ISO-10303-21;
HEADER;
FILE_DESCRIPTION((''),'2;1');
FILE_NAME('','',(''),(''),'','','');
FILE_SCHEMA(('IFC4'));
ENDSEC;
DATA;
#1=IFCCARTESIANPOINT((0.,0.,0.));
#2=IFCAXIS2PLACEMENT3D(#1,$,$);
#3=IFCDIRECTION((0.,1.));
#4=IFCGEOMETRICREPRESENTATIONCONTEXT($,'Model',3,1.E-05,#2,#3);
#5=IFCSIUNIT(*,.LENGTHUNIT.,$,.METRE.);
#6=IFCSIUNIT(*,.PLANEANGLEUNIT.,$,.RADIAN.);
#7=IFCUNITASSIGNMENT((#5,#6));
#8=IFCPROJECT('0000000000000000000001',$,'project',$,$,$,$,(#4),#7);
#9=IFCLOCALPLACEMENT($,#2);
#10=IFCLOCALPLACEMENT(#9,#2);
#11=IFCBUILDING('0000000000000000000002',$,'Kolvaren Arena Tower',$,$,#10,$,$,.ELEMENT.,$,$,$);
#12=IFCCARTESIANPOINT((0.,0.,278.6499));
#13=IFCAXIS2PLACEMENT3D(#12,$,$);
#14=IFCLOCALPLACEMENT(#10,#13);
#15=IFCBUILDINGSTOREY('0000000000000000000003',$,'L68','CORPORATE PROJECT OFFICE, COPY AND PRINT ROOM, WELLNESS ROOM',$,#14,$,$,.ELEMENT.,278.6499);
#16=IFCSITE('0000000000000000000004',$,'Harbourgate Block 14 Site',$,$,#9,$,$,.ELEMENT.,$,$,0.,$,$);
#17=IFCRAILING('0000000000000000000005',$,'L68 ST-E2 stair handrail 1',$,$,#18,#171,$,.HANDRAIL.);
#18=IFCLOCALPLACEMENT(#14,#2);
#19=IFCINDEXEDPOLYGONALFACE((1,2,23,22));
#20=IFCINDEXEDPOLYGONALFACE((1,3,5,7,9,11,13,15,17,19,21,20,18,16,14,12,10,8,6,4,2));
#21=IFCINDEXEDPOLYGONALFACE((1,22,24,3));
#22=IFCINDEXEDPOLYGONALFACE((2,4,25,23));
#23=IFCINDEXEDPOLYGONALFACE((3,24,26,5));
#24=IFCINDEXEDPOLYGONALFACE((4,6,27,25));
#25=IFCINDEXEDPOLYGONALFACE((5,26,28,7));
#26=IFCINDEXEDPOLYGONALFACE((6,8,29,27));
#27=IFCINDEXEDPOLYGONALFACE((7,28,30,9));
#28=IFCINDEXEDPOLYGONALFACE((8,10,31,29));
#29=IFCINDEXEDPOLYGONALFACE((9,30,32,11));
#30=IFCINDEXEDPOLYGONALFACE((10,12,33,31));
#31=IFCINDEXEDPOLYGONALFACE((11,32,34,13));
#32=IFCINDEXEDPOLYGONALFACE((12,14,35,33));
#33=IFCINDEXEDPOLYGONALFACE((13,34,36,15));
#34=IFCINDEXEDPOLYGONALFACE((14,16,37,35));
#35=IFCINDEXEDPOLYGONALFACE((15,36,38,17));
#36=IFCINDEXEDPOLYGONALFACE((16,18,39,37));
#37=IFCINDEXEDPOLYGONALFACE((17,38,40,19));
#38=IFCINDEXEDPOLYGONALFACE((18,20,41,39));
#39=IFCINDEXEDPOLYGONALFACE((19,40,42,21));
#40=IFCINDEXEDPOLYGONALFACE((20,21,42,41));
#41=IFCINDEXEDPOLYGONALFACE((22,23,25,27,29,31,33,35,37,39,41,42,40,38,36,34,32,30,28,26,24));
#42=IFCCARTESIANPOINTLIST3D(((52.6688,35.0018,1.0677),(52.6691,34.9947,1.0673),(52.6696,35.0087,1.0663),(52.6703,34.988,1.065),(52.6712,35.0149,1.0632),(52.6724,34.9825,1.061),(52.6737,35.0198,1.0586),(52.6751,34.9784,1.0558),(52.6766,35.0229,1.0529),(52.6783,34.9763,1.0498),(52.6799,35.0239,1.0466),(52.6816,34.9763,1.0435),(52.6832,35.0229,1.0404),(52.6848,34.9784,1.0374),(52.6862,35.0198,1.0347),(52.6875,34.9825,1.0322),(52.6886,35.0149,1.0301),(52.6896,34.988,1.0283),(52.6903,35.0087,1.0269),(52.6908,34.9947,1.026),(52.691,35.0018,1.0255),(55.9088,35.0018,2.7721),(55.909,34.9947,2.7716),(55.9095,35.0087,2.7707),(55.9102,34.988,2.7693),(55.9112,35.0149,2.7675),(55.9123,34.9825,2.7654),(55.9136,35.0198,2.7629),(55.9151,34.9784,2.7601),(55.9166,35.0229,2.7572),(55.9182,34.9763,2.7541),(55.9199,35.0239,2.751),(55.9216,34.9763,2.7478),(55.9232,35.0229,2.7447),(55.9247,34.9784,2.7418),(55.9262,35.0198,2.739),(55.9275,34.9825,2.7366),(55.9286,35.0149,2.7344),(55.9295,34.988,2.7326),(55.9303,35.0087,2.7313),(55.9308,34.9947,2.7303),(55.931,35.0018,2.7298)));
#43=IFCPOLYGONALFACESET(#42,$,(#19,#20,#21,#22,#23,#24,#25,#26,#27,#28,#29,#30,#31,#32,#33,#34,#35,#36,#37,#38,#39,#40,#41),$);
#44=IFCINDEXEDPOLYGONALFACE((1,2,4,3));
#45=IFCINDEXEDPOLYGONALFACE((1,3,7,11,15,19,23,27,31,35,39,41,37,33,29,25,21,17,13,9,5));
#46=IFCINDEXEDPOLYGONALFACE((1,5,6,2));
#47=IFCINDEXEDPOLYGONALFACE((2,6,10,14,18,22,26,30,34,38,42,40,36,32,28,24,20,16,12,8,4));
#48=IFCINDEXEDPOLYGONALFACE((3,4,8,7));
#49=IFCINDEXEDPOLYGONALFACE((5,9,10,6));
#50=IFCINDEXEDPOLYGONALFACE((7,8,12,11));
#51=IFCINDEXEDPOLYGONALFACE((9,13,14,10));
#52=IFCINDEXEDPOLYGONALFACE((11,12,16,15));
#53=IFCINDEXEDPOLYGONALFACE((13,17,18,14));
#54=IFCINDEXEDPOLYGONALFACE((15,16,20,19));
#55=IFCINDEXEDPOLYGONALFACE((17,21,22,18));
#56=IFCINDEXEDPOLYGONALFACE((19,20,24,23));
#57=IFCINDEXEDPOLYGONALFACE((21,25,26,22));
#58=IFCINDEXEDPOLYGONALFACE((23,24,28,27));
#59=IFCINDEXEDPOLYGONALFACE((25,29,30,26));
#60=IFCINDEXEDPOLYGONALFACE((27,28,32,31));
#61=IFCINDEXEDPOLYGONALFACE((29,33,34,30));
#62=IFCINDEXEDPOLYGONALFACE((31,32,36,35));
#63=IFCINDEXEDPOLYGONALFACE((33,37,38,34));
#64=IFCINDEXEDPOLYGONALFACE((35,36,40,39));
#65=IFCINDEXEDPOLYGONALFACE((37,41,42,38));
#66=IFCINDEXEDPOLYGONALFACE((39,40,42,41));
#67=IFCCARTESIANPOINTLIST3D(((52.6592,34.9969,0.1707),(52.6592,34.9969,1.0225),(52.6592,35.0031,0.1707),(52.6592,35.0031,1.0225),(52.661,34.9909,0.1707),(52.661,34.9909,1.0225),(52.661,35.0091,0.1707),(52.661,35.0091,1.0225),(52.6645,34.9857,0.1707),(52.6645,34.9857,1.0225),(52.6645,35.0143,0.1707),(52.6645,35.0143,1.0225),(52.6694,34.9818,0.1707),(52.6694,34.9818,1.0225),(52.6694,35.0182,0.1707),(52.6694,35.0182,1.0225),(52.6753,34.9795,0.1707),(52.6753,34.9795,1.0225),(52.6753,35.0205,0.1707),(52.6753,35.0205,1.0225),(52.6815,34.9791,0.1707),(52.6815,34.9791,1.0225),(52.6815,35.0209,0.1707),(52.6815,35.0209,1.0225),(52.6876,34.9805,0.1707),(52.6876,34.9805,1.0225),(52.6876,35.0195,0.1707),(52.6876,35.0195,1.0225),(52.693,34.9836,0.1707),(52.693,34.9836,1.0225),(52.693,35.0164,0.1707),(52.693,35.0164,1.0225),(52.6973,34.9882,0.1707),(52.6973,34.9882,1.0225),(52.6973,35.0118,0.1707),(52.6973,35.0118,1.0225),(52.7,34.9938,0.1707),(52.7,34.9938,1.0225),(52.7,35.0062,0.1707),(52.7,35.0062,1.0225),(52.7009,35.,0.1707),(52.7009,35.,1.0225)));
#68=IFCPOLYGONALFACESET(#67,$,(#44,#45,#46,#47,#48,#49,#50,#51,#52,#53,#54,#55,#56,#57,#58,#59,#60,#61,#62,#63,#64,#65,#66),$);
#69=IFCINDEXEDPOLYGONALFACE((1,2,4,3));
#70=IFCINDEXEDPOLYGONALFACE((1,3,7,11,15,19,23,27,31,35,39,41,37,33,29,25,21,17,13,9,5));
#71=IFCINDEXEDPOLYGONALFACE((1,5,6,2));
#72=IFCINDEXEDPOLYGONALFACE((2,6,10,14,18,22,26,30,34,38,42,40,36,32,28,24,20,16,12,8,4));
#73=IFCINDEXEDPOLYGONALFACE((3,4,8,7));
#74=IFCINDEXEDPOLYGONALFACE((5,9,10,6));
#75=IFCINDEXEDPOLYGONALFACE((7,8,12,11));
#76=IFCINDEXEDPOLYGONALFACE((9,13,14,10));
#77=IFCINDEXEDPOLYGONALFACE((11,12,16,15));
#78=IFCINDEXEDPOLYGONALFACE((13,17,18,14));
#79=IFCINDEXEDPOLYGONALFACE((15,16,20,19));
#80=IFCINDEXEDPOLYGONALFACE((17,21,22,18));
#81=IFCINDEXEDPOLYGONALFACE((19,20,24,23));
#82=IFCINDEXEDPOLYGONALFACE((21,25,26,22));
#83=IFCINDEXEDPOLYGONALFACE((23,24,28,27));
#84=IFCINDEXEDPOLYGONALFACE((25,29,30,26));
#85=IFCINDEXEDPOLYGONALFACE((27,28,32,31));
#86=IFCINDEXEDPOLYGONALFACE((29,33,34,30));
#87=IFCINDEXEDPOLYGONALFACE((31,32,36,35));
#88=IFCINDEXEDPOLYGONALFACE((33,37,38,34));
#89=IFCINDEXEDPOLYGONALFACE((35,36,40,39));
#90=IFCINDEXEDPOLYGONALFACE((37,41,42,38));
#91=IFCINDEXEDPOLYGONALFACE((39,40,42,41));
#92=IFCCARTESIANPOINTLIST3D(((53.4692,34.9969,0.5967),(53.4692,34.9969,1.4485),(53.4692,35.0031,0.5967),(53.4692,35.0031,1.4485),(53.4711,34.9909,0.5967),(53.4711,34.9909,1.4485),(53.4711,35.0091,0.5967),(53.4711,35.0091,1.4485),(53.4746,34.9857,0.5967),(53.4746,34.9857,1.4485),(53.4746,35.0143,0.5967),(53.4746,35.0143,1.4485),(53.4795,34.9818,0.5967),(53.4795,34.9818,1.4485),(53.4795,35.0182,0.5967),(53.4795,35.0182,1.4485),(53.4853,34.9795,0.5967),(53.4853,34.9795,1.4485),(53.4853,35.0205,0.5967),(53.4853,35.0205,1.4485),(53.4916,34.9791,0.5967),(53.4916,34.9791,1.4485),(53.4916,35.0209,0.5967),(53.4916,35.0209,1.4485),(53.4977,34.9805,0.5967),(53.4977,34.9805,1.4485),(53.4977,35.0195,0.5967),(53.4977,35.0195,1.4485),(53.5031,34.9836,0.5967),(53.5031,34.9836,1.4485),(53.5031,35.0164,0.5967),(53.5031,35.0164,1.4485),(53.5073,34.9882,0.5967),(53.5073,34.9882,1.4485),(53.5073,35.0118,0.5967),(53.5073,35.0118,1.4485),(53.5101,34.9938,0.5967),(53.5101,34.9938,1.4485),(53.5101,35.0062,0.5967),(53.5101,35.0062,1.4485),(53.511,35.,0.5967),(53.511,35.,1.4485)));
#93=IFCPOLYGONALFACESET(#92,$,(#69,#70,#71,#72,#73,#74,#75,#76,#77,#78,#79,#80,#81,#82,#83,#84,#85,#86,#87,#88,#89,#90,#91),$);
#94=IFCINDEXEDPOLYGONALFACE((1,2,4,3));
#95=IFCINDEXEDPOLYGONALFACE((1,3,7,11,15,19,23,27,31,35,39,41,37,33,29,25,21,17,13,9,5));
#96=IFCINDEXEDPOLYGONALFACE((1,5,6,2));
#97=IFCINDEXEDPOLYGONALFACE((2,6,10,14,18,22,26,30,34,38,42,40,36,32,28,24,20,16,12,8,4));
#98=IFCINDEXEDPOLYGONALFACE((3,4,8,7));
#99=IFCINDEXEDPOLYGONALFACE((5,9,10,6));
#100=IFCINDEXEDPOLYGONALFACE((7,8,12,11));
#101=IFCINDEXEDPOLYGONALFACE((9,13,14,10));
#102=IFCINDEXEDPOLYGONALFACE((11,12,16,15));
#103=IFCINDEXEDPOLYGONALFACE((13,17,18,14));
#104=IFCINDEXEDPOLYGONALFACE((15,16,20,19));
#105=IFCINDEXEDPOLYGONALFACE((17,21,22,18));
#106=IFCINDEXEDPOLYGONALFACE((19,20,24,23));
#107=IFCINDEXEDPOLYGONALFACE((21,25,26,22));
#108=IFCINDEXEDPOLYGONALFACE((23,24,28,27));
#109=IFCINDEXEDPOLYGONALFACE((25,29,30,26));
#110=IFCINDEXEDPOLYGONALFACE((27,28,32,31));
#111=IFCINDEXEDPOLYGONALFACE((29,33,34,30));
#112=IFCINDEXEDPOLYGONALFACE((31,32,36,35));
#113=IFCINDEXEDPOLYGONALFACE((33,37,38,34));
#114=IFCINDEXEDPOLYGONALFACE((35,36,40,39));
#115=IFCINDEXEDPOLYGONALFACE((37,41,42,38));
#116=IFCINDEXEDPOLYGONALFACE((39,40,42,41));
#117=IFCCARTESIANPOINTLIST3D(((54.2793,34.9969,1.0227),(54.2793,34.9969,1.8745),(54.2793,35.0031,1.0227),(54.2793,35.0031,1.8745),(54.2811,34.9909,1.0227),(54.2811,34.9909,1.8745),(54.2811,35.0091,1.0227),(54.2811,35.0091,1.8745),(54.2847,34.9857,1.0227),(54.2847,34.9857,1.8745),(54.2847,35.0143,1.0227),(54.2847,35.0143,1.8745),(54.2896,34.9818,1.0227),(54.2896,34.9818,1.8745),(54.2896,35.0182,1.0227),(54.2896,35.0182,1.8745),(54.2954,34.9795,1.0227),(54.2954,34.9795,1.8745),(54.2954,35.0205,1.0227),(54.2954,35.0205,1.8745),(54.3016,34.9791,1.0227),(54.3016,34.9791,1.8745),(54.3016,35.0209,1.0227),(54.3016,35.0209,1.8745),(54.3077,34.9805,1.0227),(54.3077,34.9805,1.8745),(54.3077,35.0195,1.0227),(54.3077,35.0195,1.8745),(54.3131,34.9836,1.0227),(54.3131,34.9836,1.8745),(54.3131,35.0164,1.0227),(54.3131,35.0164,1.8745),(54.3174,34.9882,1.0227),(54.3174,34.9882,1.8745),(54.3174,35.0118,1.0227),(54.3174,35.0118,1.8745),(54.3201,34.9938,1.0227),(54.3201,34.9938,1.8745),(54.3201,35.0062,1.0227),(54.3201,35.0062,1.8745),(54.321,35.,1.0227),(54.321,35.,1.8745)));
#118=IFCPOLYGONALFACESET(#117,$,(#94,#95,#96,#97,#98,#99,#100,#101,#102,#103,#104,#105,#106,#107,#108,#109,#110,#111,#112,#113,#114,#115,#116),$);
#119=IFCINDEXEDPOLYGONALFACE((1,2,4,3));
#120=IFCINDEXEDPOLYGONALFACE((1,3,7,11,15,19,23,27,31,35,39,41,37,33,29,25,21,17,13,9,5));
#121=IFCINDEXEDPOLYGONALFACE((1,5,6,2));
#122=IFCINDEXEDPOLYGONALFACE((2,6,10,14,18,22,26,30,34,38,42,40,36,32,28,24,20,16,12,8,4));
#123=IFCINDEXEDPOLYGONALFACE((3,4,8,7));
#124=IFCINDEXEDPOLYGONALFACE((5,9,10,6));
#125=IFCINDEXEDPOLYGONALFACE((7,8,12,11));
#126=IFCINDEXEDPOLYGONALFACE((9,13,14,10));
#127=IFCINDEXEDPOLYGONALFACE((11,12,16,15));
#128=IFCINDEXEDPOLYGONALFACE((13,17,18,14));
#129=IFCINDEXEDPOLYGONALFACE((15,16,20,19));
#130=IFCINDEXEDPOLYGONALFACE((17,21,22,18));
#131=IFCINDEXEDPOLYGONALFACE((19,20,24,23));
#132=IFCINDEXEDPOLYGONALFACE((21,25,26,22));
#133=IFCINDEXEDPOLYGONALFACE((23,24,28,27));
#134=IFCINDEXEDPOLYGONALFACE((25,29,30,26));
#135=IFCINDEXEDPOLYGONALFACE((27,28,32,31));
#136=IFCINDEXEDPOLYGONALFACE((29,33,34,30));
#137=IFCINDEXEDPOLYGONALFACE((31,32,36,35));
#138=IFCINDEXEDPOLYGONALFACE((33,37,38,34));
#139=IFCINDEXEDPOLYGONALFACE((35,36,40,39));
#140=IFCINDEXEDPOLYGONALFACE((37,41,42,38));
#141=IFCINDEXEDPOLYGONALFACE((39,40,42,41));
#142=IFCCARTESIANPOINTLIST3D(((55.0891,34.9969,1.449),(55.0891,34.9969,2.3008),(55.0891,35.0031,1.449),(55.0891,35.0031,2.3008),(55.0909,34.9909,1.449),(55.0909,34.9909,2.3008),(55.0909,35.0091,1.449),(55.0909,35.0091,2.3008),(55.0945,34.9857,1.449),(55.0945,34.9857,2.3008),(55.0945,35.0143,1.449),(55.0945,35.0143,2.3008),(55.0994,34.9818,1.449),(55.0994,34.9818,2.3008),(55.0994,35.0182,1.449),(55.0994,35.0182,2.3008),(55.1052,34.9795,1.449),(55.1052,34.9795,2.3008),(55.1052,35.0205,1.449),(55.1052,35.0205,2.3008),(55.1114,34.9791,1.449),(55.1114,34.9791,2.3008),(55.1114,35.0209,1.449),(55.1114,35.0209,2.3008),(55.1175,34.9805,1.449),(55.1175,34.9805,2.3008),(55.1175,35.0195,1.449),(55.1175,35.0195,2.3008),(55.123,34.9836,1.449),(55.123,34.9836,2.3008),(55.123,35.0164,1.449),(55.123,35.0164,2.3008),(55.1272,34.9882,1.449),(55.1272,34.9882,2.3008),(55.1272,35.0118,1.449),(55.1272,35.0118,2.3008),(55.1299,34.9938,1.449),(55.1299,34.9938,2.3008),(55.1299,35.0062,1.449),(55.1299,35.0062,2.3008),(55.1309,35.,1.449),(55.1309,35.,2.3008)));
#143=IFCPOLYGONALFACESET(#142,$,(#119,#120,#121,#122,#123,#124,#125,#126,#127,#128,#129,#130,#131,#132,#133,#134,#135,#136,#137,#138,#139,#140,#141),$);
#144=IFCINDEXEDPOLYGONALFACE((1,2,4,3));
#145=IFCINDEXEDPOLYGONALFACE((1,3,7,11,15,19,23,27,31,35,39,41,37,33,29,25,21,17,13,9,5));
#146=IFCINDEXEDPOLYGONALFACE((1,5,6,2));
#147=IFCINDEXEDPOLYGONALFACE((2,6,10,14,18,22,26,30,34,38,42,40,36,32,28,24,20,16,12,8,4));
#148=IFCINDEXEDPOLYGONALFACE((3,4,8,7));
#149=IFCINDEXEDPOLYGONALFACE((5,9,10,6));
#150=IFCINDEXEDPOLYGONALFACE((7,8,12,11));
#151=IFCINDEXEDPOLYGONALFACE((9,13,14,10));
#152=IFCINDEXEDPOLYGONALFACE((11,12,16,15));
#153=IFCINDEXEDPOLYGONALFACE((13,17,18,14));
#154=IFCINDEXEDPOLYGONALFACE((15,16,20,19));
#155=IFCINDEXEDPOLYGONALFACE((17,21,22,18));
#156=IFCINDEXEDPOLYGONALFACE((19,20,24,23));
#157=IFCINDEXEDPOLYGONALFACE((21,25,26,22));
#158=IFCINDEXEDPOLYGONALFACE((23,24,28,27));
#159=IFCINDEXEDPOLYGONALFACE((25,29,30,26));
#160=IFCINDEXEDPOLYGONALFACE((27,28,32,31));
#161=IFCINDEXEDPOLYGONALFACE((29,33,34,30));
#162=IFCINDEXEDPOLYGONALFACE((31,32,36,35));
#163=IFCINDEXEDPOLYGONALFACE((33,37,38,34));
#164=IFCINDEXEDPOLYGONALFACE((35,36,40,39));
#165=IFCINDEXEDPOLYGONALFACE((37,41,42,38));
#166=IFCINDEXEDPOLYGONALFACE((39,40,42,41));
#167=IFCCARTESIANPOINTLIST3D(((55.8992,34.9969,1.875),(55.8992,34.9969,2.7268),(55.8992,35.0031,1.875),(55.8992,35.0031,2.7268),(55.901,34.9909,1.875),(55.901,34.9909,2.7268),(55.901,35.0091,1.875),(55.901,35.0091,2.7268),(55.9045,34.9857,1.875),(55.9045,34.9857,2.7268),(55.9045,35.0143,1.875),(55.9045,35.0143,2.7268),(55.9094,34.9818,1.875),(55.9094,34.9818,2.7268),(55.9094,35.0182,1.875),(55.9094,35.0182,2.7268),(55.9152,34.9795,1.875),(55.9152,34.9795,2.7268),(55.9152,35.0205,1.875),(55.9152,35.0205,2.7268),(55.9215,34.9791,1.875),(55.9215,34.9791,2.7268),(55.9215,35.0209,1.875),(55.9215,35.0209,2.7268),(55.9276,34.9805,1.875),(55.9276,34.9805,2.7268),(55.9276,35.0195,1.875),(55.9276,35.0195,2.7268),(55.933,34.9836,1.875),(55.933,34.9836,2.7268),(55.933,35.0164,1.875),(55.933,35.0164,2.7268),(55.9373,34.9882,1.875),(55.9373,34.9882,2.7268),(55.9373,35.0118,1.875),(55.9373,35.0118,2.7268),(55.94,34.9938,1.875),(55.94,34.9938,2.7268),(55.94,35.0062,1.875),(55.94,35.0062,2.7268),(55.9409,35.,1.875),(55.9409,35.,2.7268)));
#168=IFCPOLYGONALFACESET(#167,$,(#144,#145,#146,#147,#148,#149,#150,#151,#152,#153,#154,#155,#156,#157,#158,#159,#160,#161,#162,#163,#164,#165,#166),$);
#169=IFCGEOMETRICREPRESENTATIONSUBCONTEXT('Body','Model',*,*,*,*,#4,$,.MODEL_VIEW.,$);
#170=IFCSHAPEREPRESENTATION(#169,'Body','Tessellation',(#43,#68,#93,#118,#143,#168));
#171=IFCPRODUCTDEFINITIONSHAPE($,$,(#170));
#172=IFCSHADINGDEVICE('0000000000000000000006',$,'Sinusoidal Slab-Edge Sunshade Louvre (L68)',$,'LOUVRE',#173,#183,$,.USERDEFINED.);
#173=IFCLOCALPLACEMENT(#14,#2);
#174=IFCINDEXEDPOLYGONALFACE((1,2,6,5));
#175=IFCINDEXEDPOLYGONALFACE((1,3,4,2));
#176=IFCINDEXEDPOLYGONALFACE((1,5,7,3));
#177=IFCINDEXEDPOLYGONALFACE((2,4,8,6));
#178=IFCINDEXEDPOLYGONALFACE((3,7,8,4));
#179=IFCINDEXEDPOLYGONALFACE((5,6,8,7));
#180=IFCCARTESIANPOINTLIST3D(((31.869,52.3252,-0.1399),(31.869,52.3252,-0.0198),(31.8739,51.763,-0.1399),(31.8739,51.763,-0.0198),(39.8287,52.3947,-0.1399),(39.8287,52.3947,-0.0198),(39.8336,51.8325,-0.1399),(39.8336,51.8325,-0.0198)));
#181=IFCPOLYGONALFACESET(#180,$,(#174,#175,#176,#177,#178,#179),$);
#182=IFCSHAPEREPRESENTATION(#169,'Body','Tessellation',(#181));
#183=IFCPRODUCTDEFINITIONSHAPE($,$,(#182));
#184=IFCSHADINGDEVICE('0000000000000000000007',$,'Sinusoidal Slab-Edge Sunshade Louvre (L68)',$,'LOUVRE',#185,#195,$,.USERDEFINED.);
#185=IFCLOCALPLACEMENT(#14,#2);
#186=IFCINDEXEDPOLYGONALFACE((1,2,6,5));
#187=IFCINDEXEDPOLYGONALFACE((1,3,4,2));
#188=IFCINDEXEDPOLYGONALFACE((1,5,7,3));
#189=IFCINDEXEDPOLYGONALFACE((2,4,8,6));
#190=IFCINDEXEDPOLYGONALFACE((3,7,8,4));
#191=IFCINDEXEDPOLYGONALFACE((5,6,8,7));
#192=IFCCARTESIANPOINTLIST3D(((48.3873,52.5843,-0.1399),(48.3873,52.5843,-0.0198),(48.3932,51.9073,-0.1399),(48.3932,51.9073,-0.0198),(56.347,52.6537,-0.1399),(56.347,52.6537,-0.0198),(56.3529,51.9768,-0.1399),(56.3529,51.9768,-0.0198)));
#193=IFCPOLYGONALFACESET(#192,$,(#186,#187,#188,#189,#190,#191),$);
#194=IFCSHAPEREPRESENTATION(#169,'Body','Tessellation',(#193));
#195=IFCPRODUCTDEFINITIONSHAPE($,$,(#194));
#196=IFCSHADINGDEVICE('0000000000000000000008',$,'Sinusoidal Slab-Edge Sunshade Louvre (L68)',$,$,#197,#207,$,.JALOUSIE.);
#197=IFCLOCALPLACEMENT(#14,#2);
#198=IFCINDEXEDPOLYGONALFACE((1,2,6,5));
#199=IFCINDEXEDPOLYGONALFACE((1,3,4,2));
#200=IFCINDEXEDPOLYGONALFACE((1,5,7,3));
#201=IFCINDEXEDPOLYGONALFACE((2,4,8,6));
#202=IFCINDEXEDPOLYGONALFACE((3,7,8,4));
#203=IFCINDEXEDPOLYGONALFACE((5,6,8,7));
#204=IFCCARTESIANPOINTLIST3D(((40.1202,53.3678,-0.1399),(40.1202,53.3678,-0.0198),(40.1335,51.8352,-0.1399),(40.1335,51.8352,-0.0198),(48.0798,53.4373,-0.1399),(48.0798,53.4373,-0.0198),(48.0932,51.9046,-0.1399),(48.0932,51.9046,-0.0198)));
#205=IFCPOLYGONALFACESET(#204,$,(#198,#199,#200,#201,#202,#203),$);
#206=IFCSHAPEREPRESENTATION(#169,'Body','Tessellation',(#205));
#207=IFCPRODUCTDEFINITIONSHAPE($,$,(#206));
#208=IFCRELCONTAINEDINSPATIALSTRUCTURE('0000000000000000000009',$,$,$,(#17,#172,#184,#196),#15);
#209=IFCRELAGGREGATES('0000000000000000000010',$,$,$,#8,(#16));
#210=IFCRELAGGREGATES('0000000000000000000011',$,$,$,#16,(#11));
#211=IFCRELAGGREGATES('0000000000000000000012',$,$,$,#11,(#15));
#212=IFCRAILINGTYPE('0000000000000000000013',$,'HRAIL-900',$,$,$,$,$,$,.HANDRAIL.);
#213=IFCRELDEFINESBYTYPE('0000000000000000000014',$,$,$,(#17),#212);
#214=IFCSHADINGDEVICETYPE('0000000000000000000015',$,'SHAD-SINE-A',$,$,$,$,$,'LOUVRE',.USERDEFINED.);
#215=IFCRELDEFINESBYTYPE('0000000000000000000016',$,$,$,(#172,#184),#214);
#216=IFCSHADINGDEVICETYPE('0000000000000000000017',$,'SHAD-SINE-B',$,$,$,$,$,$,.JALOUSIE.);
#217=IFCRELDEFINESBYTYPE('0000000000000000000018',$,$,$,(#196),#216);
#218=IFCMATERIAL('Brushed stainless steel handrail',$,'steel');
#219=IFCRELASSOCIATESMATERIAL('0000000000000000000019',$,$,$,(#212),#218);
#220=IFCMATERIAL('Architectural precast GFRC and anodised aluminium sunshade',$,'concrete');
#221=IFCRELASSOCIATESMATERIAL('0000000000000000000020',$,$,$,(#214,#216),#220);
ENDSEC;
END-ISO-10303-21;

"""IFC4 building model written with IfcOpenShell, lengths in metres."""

from ifc_helpers import new_model, si_unit, direction, frame, origin, origin_2d, place, context, subcontext, project, spatial, rectangle, circle, extrude, material, type_object, element, save


model = new_model("IFC4")

# Units and contexts
model_context = context("Model", 3, precision=1e-05, world=origin(), true_north=direction((0.0, 1.0)))
body_context = subcontext(model_context, "Body", "Model", "MODEL_VIEW")
ifc_project = project(units=[si_unit("LENGTHUNIT", "METRE"), si_unit("PLANEANGLEUNIT", "RADIAN")], contexts=[model_context])

# Site, building, storey
site_placement = place(None, origin())
site = spatial("IfcSite", under=ifc_project, at=site_placement, Name="Harbourgate Block 14 Site", CompositionType="ELEMENT", RefElevation=0.0)
building_placement = place(site_placement, origin())
building = spatial("IfcBuilding", under=site, at=building_placement, Name="Kolvaren Arena Tower", CompositionType="ELEMENT")
storey_placement = place(building_placement, frame((0.0, 0.0, 278.6499)))
storey = spatial("IfcBuildingStorey", under=building, at=storey_placement, Name="L68", Description="CORPORATE PROJECT OFFICE, COPY AND PRINT ROOM, WELLNESS ROOM", CompositionType="ELEMENT", Elevation=278.6499)

# Railing
ifc_material_1 = material(Name="Brushed stainless steel handrail", Category="steel")
railing_type_1 = type_object("IfcRailingType", Name="HRAIL-900", PredefinedType="HANDRAIL", material=ifc_material_1)
railing_1_placement = place(storey_placement, frame((52.6799, 35.0, 0.1707)))
element("IfcRailing", 1, at=railing_1_placement, inside=storey, type_object=railing_type_1, Name="L68 ST-E2 stair handrail 1", PredefinedType="HANDRAIL", context=body_context, shape_type="SweptSolid", body=[
    extrude(circle(Radius=0.0239, at=origin_2d()), frame((0.0, 0.0, 0.876), z_axis=(0.885021, 0.0, 0.465551), x_axis=(0.0, 1.0, 0.0)), (0.0, 0.0, 1.0), 3.6609),
    extrude(circle(Radius=0.021, at=origin_2d()), origin(), (0.0, 0.0, 1.0), 0.8518),
    extrude(circle(Radius=0.021, at=origin_2d()), frame((0.8101, 0.0, 0.426)), (0.0, 0.0, 1.0), 0.8518),
    extrude(circle(Radius=0.021, at=origin_2d()), frame((1.6201, 0.0, 0.8521)), (0.0, 0.0, 1.0), 0.8518),
    extrude(circle(Radius=0.021, at=origin_2d()), frame((2.4299, 0.0, 1.2783)), (0.0, 0.0, 1.0), 0.8518),
    extrude(circle(Radius=0.021, at=origin_2d()), frame((3.24, 0.0, 1.7043)), (0.0, 0.0, 1.0), 0.8518),
])

# Shading devices
ifc_material_2 = material(Name="Architectural precast GFRC and anodised aluminium sunshade", Category="concrete")
shading_device_type_1 = type_object("IfcShadingDeviceType", Name="SHAD-SINE-A", ElementType="LOUVRE", PredefinedType="USERDEFINED", material=ifc_material_2)
shading_device_1_placement = place(storey_placement, frame((35.8513, 52.0789, -0.1399), z_axis=(0.0, 0.0, 1.0), x_axis=(0.999962, 0.008727, 0.0)))
element("IfcShadingDevice", 2, at=shading_device_1_placement, inside=storey, type_object=shading_device_type_1, Name="Sinusoidal Slab-Edge Sunshade Louvre (L68)", ObjectType="LOUVRE", PredefinedType="USERDEFINED", context=body_context, shape_type="SweptSolid", body=[
    extrude(rectangle(XDim=7.96, YDim=0.5623, at=origin_2d()), origin(), (0.0, 0.0, 1.0), 0.1201),
])
shading_device_2_placement = place(storey_placement, frame((52.3701, 52.2805, -0.1399), z_axis=(0.0, 0.0, 1.0), x_axis=(0.999962, 0.008727, 0.0)))
element("IfcShadingDevice", 3, at=shading_device_2_placement, inside=storey, type_object=shading_device_type_1, Name="Sinusoidal Slab-Edge Sunshade Louvre (L68)", ObjectType="LOUVRE", PredefinedType="USERDEFINED", context=body_context, shape_type="SweptSolid", body=[
    extrude(rectangle(XDim=7.96, YDim=0.677, at=origin_2d()), origin(), (0.0, 0.0, 1.0), 0.1201),
])
shading_device_type_2 = type_object("IfcShadingDeviceType", Name="SHAD-SINE-B", PredefinedType="JALOUSIE", material=ifc_material_2)
shading_device_3_placement = place(storey_placement, frame((44.1067, 52.6362, -0.1399), z_axis=(0.0, 0.0, 1.0), x_axis=(0.999962, 0.008727, 0.0)))
element("IfcShadingDevice", 4, at=shading_device_3_placement, inside=storey, type_object=shading_device_type_2, Name="Sinusoidal Slab-Edge Sunshade Louvre (L68)", PredefinedType="JALOUSIE", context=body_context, shape_type="SweptSolid", body=[
    extrude(rectangle(XDim=7.96, YDim=1.5327, at=origin_2d()), origin(), (0.0, 0.0, 1.0), 0.1201),
])

save(model, "model.ifc")
